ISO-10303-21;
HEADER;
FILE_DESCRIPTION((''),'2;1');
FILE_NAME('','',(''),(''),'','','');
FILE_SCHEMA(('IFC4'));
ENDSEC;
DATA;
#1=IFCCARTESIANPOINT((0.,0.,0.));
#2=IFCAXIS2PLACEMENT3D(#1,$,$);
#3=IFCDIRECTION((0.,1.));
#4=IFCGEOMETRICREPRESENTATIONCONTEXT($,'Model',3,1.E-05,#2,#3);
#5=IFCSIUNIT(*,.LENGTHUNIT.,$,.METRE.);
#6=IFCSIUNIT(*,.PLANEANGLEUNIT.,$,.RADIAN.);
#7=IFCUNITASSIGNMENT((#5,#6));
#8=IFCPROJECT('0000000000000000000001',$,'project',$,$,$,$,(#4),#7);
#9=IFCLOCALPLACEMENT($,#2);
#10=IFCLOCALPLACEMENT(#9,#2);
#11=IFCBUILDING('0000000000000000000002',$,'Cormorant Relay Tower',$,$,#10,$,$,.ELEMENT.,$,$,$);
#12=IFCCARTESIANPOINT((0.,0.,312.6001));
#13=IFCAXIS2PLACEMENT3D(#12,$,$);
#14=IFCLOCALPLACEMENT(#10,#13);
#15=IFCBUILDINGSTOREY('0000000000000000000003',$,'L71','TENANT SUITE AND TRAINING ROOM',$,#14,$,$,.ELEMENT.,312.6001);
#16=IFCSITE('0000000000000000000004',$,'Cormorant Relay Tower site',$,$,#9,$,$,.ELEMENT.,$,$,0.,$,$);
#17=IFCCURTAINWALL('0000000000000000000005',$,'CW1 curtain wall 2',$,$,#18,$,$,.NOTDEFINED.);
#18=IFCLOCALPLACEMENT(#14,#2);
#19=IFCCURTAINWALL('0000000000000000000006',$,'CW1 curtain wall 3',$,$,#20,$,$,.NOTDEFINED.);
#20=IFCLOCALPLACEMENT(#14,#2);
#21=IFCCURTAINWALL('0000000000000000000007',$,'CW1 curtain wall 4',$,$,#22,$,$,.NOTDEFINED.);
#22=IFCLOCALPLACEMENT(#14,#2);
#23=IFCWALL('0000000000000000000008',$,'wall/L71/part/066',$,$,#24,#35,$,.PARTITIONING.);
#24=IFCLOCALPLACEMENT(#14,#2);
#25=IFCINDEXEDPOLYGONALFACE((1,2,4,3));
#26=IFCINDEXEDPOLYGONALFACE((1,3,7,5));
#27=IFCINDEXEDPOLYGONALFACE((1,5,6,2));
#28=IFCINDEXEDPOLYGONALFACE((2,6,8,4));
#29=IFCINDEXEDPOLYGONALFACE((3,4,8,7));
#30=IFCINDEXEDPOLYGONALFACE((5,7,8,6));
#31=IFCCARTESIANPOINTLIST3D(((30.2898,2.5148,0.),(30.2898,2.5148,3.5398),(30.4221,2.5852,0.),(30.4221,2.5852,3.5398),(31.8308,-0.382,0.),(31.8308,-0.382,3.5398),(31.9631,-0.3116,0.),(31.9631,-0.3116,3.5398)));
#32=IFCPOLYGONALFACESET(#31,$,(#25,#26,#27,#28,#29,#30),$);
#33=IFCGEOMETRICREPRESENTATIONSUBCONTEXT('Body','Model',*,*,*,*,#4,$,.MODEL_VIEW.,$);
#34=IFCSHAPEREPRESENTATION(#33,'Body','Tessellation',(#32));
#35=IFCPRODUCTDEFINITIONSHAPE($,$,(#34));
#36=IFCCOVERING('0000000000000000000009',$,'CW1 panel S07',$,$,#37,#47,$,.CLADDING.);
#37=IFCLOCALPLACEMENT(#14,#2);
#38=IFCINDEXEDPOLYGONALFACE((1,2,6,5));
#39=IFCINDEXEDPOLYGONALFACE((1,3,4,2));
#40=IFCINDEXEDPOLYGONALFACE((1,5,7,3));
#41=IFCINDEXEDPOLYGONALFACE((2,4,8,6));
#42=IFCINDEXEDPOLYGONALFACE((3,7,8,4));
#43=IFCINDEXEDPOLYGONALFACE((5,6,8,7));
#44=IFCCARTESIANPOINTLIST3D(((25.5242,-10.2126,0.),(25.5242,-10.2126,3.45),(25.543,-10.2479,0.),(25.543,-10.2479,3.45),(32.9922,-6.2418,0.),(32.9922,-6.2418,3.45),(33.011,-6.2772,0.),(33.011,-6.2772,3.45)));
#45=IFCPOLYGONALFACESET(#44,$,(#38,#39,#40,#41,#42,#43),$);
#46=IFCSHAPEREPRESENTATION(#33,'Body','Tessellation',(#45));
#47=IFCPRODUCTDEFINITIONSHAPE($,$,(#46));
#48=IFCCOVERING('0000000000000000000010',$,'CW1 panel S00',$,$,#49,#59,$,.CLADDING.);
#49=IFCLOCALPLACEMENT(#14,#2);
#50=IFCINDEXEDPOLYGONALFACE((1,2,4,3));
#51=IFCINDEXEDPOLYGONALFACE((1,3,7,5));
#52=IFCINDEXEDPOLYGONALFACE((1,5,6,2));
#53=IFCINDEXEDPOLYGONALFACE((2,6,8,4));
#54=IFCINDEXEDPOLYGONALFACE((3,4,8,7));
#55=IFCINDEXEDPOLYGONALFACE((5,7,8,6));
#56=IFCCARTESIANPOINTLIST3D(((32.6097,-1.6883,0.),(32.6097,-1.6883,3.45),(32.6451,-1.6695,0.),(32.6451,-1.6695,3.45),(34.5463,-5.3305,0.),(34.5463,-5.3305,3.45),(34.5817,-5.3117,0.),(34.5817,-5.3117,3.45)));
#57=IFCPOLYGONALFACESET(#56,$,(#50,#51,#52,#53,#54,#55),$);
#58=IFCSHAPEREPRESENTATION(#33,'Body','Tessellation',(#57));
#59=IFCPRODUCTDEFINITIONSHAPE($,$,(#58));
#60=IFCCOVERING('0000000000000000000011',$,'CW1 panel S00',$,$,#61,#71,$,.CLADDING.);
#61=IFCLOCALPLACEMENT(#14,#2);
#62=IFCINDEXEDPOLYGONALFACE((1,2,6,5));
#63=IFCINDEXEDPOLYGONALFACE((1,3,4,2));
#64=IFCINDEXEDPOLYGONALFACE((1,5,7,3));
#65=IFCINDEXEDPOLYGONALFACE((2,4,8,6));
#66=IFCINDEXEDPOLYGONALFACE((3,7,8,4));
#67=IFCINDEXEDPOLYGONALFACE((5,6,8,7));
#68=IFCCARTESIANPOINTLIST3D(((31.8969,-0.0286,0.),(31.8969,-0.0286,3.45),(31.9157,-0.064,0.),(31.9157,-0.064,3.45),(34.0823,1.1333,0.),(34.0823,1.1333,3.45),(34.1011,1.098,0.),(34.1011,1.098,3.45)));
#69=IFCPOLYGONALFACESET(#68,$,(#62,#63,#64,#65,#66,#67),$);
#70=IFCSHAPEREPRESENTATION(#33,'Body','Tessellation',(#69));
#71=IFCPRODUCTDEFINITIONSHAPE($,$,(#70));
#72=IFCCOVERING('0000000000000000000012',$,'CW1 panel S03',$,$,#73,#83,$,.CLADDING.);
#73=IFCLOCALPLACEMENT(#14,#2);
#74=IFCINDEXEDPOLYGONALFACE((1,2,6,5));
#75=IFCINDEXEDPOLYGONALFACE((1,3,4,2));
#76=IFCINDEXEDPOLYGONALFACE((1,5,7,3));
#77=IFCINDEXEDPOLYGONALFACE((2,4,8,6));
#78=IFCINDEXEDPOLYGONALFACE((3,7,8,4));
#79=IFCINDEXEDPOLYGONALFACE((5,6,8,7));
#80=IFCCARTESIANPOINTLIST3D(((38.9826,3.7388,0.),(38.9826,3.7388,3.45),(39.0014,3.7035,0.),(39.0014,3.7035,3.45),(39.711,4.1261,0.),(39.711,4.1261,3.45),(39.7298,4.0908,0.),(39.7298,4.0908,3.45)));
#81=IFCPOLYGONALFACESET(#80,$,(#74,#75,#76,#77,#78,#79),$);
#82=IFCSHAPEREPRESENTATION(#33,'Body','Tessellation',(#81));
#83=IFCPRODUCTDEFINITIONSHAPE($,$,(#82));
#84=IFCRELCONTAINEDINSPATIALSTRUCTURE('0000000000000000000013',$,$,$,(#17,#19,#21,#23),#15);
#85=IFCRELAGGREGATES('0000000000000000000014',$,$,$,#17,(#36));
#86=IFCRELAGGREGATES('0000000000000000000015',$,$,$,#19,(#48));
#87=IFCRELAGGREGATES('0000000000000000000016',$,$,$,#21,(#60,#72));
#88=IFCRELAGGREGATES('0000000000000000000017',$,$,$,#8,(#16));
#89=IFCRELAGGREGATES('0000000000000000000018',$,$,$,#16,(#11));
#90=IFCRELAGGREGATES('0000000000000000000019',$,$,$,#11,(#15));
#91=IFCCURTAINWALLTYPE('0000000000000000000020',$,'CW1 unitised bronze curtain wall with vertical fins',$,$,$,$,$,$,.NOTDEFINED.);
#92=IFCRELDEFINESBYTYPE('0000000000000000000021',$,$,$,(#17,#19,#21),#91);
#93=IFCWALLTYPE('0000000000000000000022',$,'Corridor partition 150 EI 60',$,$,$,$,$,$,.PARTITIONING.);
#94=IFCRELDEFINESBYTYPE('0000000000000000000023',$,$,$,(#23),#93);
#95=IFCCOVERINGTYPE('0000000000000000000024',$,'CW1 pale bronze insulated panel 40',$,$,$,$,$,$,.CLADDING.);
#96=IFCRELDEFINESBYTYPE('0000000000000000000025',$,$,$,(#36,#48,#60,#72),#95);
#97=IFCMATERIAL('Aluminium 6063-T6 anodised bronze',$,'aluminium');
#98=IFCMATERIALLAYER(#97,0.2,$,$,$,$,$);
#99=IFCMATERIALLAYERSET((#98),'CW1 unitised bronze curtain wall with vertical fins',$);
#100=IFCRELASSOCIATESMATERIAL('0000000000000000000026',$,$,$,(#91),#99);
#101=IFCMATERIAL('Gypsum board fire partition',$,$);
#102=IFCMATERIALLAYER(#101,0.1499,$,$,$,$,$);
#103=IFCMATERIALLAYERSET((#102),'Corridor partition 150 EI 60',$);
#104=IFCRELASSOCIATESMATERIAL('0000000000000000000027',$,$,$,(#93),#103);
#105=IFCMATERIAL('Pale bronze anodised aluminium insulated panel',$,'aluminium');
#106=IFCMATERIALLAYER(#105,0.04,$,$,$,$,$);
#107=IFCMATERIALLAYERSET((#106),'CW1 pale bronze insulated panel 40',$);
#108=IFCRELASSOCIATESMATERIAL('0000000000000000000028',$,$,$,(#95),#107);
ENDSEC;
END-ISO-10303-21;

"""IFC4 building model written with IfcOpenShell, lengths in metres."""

from ifc_helpers import new_model, si_unit, direction, frame, frame_2d, origin, origin_2d, place, context, subcontext, project, spatial, rectangle, extrude, material, layer, layer_set, type_object, element, aggregate, save


model = new_model("IFC4")

# Units and contexts
model_context = context("Model", 3, precision=1e-05, world=origin(), true_north=direction((0.0, 1.0)))
body_context = subcontext(model_context, "Body", "Model", "MODEL_VIEW")
ifc_project = project(units=[si_unit("LENGTHUNIT", "METRE"), si_unit("PLANEANGLEUNIT", "RADIAN")], contexts=[model_context])

# Site, building, storey
site_placement = place(None, origin())
site = spatial("IfcSite", under=ifc_project, at=site_placement, Name="Cormorant Relay Tower site", CompositionType="ELEMENT", RefElevation=0.0)
building_placement = place(site_placement, origin())
building = spatial("IfcBuilding", under=site, at=building_placement, Name="Cormorant Relay Tower", CompositionType="ELEMENT")
storey_placement = place(building_placement, frame((0.0, 0.0, 312.6001)))
storey = spatial("IfcBuildingStorey", under=building, at=storey_placement, Name="L71", Description="TENANT SUITE AND TRAINING ROOM", CompositionType="ELEMENT", Elevation=312.6001)

# Curtain walls
ifc_material_1 = material(Name="Aluminium 6063-T6 anodised bronze", Category="aluminium")
ifc_layer_1 = layer(ifc_material_1, 0.2)
ifc_layer_set_1 = layer_set([ifc_layer_1], Name="CW1 unitised bronze curtain wall with vertical fins")
curtain_wall_type = type_object("IfcCurtainWallType", Name="CW1 unitised bronze curtain wall with vertical fins", PredefinedType="NOTDEFINED", material=ifc_layer_set_1)
curtain_wall_1_placement = place(storey_placement, origin())
curtain_wall_1 = element("IfcCurtainWall", 1, at=curtain_wall_1_placement, inside=storey, type_object=curtain_wall_type, Name="CW1 curtain wall 2", PredefinedType="NOTDEFINED")
curtain_wall_2_placement = place(storey_placement, origin())
curtain_wall_2 = element("IfcCurtainWall", 2, at=curtain_wall_2_placement, inside=storey, type_object=curtain_wall_type, Name="CW1 curtain wall 3", PredefinedType="NOTDEFINED")

# Curtain wall
curtain_wall_3_placement = place(storey_placement, origin())
curtain_wall_3 = element("IfcCurtainWall", 3, at=curtain_wall_3_placement, inside=storey, type_object=curtain_wall_type, Name="CW1 curtain wall 4", PredefinedType="NOTDEFINED")

# Shared definitions
ifc_material_2 = material(Name="Gypsum board fire partition")
ifc_layer_2 = layer(ifc_material_2, 0.1499)
ifc_layer_set_2 = layer_set([ifc_layer_2], Name="Corridor partition 150 EI 60")
wall_type_1 = type_object("IfcWallType", Name="Corridor partition 150 EI 60", PredefinedType="PARTITIONING", material=ifc_layer_set_2)

# Wall
wall_1_placement = place(storey_placement, frame((30.356, 2.55, 0.0), z_axis=(0.0, 0.0, 1.0), x_axis=(0.46963, -0.882863, 0.0)))
element("IfcWall", 4, at=wall_1_placement, inside=storey, type_object=wall_type_1, Name="wall/L71/part/066", PredefinedType="PARTITIONING", context=body_context, shape_type="SweptSolid", body=[
    extrude(rectangle(XDim=3.2812, YDim=0.1499, at=frame_2d((1.6406, 0.0))), origin(), (0.0, 0.0, 1.0), 3.5398),
])

# Coverings
ifc_material_3 = material(Name="Pale bronze anodised aluminium insulated panel", Category="aluminium")
ifc_layer_3 = layer(ifc_material_3, 0.04)
ifc_layer_set_3 = layer_set([ifc_layer_3], Name="CW1 pale bronze insulated panel 40")
covering_type = type_object("IfcCoveringType", Name="CW1 pale bronze insulated panel 40", PredefinedType="CLADDING", material=ifc_layer_set_3)
covering_1_placement = place(storey_placement, frame((29.2676, -8.2449, 0.0), z_axis=(0.0, 0.0, 1.0), x_axis=(0.882948, 0.469472, 0.0)))
covering_1 = element("IfcCovering", 5, at=covering_1_placement, type_object=covering_type, Name="CW1 panel S07", PredefinedType="CLADDING", context=body_context, shape_type="SweptSolid", body=[
    extrude(rectangle(XDim=8.458, YDim=0.04, at=origin_2d()), origin(), (0.0, 0.0, 1.0), 3.45),
])
aggregate(curtain_wall_1, [covering_1])
covering_2_placement = place(storey_placement, frame((33.5957, -3.5, 0.0), z_axis=(0.0, 0.0, 1.0), x_axis=(-0.469472, 0.882948, 0.0)))
covering_2 = element("IfcCovering", 6, at=covering_2_placement, type_object=covering_type, Name="CW1 panel S00", PredefinedType="CLADDING", context=body_context, shape_type="SweptSolid", body=[
    extrude(rectangle(XDim=4.125, YDim=0.04, at=origin_2d()), origin(), (0.0, 0.0, 1.0), 3.45),
])
aggregate(curtain_wall_2, [covering_2])
covering_3_placement = place(storey_placement, frame((32.999, 0.5347, 0.0), z_axis=(0.0, 0.0, 1.0), x_axis=(0.882948, 0.469472, 0.0)))
covering_3 = element("IfcCovering", 7, at=covering_3_placement, type_object=covering_type, Name="CW1 panel S00", PredefinedType="CLADDING", context=body_context, shape_type="SweptSolid", body=[
    extrude(rectangle(XDim=2.4751, YDim=0.04, at=origin_2d()), origin(), (0.0, 0.0, 1.0), 3.45),
])
covering_4_placement = place(storey_placement, frame((39.3562, 3.9148, 0.0), z_axis=(0.0, 0.0, 1.0), x_axis=(0.882948, 0.469472, 0.0)))
covering_4 = element("IfcCovering", 8, at=covering_4_placement, type_object=covering_type, Name="CW1 panel S03", PredefinedType="CLADDING", context=body_context, shape_type="SweptSolid", body=[
    extrude(rectangle(XDim=0.825, YDim=0.04, at=origin_2d()), origin(), (0.0, 0.0, 1.0), 3.45),
])
aggregate(curtain_wall_3, [covering_3, covering_4])

save(model, "model.ifc")
